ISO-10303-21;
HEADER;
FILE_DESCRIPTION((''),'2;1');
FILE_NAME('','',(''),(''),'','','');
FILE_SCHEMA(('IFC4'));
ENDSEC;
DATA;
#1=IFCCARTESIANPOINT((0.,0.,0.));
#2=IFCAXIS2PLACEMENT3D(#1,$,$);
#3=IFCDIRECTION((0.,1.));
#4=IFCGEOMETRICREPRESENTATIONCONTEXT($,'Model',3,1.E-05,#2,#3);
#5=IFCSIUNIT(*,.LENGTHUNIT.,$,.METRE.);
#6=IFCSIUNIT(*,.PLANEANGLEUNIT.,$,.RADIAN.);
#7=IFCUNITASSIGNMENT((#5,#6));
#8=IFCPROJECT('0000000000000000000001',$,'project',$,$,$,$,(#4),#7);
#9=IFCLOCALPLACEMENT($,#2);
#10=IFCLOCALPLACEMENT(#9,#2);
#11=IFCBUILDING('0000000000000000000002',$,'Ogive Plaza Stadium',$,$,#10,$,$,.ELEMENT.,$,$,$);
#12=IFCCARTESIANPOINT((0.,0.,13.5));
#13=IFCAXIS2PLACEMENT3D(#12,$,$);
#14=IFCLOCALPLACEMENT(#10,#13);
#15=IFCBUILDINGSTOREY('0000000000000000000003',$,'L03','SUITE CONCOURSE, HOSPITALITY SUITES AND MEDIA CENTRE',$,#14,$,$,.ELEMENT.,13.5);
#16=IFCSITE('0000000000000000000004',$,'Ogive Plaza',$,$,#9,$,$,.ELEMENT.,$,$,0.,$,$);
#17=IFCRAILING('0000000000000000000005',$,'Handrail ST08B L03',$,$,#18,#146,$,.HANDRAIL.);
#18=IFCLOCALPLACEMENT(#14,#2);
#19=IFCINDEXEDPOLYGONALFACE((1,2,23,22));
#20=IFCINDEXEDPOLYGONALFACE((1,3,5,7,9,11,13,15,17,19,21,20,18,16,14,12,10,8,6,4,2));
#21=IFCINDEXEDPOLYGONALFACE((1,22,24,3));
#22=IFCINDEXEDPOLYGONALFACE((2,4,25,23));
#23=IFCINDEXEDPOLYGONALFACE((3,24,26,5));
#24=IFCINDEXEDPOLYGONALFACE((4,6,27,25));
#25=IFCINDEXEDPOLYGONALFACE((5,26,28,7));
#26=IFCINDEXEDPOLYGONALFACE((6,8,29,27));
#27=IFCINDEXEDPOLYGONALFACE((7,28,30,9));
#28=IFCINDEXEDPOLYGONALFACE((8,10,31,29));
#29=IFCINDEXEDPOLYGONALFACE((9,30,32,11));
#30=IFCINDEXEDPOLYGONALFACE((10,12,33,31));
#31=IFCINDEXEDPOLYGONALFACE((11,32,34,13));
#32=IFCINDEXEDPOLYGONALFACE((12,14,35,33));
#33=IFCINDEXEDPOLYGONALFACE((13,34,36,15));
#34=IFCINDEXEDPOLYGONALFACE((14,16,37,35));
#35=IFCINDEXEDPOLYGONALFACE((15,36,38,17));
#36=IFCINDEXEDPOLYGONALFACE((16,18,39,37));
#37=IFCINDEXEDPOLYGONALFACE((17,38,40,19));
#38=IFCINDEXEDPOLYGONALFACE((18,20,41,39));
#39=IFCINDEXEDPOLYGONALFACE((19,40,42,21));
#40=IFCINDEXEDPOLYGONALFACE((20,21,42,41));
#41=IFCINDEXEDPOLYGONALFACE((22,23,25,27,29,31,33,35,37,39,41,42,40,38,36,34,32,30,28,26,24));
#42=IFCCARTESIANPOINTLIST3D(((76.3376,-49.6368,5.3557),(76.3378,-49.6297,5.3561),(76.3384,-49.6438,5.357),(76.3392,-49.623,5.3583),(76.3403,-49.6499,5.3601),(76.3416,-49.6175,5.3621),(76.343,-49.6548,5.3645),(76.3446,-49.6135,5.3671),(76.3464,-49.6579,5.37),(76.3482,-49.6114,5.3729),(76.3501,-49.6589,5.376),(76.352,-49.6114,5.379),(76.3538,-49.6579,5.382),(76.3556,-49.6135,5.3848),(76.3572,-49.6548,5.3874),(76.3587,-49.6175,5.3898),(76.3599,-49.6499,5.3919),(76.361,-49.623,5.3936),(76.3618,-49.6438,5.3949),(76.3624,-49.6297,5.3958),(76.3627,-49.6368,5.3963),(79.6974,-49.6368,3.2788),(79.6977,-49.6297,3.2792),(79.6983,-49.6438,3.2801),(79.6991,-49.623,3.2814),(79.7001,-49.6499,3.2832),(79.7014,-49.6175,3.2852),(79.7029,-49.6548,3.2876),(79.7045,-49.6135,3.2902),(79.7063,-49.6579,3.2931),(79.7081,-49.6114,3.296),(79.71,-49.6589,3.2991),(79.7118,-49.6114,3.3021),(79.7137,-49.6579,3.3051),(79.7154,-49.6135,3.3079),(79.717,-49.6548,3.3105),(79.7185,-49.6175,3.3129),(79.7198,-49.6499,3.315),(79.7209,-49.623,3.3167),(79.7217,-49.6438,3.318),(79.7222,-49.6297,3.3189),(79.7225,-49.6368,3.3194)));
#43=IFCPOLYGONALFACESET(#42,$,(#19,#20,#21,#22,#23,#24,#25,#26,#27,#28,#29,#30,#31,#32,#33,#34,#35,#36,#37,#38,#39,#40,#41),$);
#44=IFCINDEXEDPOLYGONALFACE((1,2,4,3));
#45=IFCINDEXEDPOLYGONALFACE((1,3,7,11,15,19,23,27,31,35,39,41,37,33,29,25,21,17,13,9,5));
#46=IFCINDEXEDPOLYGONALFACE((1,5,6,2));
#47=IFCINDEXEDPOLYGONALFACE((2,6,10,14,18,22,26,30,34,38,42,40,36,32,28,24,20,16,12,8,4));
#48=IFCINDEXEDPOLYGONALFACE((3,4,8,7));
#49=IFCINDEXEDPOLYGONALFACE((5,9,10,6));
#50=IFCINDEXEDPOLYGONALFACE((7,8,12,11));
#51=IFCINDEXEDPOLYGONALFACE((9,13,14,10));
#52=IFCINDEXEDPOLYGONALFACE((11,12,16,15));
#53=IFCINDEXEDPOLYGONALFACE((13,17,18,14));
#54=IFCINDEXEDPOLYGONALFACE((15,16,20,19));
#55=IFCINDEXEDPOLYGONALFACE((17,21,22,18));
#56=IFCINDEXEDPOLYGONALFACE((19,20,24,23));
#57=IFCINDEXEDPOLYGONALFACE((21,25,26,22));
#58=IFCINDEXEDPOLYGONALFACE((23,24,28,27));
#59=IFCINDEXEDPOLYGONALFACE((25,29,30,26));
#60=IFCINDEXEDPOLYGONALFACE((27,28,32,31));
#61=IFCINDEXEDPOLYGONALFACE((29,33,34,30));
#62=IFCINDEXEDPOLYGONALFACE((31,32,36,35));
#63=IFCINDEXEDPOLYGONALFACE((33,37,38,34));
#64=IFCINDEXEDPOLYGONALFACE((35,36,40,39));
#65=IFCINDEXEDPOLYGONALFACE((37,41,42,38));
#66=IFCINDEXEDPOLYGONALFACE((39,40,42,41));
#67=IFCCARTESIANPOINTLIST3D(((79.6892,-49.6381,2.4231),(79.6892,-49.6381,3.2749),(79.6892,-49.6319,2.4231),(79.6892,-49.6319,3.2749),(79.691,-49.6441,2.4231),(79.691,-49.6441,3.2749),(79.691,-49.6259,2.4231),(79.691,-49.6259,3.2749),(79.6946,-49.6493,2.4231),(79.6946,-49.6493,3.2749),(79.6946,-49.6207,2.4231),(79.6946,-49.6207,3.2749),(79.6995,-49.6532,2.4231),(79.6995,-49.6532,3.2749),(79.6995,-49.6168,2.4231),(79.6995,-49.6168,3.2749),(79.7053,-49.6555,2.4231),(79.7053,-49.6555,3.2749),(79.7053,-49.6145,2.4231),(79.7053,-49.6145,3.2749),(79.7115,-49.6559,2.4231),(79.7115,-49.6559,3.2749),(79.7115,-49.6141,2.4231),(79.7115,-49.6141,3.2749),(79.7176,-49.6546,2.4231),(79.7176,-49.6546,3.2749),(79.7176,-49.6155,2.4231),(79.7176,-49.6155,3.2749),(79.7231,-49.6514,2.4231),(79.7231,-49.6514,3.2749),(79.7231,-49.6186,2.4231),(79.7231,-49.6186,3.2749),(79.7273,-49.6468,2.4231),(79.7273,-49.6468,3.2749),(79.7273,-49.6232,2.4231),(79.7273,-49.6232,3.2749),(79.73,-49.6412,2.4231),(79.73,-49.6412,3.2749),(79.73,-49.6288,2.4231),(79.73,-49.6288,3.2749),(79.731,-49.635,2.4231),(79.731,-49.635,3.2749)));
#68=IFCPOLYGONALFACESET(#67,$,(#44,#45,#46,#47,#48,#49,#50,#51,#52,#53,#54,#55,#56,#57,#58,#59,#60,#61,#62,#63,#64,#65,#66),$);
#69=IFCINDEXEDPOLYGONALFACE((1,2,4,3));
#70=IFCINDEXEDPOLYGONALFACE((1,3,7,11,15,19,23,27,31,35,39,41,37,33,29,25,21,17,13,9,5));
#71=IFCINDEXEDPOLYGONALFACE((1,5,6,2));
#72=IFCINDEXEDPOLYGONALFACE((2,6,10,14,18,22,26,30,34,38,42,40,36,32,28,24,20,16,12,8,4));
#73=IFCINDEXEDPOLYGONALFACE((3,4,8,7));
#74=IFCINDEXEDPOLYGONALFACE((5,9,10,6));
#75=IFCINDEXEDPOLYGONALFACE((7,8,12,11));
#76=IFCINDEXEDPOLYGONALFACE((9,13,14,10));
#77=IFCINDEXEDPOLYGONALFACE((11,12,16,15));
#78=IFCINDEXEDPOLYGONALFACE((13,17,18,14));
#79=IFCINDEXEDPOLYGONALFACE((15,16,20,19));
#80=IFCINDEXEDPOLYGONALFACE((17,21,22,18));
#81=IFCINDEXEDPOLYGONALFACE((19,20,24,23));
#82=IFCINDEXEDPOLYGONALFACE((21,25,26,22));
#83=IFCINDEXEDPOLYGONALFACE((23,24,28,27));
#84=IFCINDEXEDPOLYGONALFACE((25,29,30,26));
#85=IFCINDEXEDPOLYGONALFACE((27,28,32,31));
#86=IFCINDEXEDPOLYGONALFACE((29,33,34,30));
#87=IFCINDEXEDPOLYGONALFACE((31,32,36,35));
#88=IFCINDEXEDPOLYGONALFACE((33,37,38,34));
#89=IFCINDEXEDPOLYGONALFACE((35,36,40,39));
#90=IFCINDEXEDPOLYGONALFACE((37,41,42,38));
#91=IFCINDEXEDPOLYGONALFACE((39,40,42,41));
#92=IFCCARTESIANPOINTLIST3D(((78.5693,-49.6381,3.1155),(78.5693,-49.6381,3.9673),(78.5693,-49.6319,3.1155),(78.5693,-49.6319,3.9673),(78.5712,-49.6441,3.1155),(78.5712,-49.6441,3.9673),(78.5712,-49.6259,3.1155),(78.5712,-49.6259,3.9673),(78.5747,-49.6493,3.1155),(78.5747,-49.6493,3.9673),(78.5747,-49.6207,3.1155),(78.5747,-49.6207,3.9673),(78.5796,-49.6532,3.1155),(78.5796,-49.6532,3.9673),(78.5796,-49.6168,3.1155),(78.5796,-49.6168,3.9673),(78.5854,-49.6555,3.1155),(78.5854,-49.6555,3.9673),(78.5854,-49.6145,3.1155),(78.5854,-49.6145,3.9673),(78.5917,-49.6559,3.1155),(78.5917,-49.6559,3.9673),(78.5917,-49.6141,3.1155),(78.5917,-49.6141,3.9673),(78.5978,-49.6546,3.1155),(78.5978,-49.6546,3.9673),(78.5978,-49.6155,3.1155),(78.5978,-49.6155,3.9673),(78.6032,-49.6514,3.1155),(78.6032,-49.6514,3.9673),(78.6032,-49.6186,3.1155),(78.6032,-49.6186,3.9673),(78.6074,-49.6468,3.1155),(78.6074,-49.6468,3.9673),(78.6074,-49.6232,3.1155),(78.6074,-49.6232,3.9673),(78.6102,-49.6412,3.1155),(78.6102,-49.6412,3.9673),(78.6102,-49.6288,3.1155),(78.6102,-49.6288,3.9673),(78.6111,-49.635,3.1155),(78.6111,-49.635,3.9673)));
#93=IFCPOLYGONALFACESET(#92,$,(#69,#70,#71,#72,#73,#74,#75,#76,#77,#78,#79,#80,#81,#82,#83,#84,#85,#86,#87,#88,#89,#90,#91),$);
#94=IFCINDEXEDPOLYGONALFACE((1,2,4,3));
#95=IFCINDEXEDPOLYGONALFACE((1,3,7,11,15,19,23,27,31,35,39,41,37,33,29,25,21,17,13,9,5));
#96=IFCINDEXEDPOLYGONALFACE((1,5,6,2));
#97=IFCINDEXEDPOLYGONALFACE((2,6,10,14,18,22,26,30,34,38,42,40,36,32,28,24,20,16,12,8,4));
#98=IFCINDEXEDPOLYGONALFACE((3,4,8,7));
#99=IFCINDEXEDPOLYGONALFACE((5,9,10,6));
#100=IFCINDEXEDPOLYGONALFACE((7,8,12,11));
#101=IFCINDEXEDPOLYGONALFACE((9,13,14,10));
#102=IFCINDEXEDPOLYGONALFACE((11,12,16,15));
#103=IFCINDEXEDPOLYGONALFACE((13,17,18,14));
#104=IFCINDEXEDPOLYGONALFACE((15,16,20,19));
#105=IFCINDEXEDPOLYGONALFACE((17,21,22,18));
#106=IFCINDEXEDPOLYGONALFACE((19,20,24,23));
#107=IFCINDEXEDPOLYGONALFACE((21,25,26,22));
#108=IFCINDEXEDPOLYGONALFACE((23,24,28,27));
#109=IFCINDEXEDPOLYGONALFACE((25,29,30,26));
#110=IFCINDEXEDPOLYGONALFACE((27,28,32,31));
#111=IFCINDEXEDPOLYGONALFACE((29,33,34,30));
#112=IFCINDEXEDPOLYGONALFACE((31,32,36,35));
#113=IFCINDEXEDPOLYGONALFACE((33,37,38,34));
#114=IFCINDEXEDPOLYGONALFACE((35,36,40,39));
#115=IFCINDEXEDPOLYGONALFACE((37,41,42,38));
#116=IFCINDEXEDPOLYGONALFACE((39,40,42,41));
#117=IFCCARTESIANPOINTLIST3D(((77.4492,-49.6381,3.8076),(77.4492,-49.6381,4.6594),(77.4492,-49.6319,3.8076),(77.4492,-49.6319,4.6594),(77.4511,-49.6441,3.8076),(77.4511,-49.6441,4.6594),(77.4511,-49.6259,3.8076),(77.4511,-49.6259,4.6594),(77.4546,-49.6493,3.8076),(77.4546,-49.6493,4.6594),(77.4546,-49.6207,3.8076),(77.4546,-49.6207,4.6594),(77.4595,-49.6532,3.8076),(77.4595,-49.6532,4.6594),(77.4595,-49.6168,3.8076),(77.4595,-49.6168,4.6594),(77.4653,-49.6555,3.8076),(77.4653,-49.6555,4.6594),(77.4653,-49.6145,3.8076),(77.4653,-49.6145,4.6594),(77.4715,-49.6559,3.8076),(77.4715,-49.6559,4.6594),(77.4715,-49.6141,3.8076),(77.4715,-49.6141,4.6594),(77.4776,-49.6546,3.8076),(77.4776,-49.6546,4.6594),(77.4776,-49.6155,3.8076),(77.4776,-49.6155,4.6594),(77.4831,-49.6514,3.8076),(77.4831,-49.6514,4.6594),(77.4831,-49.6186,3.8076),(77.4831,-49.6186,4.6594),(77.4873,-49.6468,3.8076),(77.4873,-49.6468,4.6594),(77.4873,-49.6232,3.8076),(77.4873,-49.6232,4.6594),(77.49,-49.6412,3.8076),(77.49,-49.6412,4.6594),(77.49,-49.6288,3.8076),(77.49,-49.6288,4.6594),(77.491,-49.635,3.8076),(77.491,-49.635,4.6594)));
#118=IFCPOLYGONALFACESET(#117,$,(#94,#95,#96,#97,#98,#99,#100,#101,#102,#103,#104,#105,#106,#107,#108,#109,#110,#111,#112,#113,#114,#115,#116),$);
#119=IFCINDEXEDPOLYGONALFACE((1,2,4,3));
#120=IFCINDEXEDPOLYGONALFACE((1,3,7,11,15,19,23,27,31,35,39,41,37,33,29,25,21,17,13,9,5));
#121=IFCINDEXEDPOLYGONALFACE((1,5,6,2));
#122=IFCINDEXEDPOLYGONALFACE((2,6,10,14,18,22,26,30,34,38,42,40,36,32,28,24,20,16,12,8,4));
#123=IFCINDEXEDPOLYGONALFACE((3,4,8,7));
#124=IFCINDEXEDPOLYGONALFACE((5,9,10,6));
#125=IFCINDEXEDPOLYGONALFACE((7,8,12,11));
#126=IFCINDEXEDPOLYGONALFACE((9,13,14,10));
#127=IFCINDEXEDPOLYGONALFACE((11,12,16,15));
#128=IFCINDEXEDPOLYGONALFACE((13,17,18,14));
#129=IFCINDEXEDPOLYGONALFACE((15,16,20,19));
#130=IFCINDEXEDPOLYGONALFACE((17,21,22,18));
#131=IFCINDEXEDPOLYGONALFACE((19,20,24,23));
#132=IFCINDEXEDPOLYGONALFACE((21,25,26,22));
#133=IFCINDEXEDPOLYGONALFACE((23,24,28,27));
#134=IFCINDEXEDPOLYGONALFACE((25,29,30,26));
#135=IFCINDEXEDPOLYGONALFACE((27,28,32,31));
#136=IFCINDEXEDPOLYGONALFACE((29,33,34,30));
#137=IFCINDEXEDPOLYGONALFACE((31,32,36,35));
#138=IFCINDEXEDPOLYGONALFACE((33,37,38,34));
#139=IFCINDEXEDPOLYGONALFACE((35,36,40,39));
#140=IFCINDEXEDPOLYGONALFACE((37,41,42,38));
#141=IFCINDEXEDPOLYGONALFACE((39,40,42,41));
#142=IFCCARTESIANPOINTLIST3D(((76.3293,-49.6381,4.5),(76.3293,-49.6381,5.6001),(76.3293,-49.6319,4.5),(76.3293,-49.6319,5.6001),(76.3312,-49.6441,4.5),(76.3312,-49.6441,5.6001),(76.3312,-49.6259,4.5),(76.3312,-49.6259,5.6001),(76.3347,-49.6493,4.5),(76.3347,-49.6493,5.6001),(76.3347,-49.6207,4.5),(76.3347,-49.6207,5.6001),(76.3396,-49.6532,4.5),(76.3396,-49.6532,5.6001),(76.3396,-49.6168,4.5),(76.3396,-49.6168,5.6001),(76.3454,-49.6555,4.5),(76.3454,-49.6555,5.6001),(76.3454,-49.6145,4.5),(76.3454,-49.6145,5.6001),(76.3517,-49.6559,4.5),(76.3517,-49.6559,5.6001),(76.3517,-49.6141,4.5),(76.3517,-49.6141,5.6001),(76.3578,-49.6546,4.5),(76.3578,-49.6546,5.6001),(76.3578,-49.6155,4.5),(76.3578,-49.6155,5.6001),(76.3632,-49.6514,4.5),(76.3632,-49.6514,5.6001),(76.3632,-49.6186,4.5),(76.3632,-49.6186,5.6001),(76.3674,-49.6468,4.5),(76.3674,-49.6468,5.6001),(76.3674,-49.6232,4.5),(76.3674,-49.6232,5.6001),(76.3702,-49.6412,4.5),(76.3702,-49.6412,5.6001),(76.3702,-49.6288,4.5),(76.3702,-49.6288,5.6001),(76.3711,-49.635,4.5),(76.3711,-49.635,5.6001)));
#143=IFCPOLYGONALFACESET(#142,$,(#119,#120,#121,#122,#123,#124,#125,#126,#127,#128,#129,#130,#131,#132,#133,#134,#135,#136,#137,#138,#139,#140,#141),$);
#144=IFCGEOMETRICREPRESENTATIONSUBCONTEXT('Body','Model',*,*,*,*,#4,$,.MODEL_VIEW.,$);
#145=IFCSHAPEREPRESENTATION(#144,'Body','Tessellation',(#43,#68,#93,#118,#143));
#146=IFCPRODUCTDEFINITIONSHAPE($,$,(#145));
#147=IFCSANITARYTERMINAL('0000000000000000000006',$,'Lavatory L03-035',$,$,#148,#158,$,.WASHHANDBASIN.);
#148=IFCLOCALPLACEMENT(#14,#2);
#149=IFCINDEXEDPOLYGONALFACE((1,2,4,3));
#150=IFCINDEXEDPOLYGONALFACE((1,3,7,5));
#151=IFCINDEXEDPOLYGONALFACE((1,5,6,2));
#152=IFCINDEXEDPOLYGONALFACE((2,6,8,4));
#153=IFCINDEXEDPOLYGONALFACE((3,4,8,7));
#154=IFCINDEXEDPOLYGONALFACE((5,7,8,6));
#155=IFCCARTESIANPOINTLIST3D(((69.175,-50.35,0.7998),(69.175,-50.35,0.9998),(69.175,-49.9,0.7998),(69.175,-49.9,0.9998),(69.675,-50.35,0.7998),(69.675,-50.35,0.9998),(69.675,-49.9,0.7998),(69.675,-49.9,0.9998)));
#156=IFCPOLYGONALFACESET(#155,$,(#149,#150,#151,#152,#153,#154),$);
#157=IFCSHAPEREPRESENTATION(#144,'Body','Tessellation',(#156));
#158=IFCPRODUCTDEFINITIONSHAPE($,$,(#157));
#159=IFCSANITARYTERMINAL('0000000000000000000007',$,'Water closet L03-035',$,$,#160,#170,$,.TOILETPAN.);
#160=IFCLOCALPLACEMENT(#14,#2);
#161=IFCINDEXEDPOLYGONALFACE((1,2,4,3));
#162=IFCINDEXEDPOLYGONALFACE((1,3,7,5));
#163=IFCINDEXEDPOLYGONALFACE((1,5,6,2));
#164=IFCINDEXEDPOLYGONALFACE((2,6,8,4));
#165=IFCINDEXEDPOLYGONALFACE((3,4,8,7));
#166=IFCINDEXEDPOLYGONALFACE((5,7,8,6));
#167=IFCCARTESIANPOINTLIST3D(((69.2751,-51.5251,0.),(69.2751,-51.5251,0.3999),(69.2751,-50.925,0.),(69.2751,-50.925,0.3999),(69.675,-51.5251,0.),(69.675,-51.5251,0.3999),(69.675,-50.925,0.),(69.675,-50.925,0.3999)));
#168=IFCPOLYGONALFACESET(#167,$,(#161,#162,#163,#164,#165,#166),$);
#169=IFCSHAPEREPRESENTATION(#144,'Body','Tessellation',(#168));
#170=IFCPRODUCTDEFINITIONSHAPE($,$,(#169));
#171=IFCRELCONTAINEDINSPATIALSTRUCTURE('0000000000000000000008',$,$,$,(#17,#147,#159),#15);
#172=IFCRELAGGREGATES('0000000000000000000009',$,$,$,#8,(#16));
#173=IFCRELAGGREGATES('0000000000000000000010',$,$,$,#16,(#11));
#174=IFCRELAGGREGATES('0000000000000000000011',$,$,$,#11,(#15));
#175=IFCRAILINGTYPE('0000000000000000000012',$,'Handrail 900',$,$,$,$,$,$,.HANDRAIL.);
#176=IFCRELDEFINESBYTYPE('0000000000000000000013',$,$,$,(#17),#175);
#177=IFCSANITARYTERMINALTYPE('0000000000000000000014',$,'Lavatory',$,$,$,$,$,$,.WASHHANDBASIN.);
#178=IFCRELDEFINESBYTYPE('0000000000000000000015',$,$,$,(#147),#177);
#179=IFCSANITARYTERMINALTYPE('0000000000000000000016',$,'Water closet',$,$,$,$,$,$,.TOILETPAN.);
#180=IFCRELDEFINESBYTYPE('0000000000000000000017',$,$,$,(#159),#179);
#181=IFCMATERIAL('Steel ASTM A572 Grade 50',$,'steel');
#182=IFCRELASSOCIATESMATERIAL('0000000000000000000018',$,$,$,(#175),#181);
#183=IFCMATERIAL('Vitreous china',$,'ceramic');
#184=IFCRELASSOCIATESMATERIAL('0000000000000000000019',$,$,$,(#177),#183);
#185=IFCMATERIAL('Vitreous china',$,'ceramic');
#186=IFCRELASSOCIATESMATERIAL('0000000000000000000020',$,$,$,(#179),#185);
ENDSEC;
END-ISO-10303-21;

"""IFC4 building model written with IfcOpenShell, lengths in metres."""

from ifc_helpers import new_model, si_unit, direction, frame, origin, origin_2d, place, context, subcontext, project, spatial, rectangle, circle, extrude, material, type_object, element, save


model = new_model("IFC4")

# Units and contexts
model_context = context("Model", 3, precision=1e-05, world=origin(), true_north=direction((0.0, 1.0)))
body_context = subcontext(model_context, "Body", "Model", "MODEL_VIEW")
ifc_project = project(units=[si_unit("LENGTHUNIT", "METRE"), si_unit("PLANEANGLEUNIT", "RADIAN")], contexts=[model_context])

# Site, building, storey
site_placement = place(None, origin())
site = spatial("IfcSite", under=ifc_project, at=site_placement, Name="Ogive Plaza", CompositionType="ELEMENT", RefElevation=0.0)
building_placement = place(site_placement, origin())
building = spatial("IfcBuilding", under=site, at=building_placement, Name="Ogive Plaza Stadium", CompositionType="ELEMENT")
storey_placement = place(building_placement, frame((0.0, 0.0, 13.5)))
storey = spatial("IfcBuildingStorey", under=building, at=storey_placement, Name="L03", Description="SUITE CONCOURSE, HOSPITALITY SUITES AND MEDIA CENTRE", CompositionType="ELEMENT", Elevation=13.5)

# Railing
ifc_material_1 = material(Name="Steel ASTM A572 Grade 50", Category="steel")
railing_type_1 = type_object("IfcRailingType", Name="Handrail 900", PredefinedType="HANDRAIL", material=ifc_material_1)
for number, where, name in (
    (1, (79.71, -49.635, 2.4231), "Handrail ST08B L03"),
):
    element("IfcRailing", number, at=place(storey_placement, frame(where)), inside=storey, type_object=railing_type_1, Name=name, PredefinedType="HANDRAIL", context=body_context, shape_type="SweptSolid", body=[
        extrude(circle(Radius=0.0239, at=origin_2d()), frame((0.0, 0.0, 0.876), z_axis=(-0.850606, 0.0, 0.525803), x_axis=(0.0, -1.0, 0.0)), (0.0, 0.0, 1.0), 3.95),
        extrude(circle(Radius=0.021, at=origin_2d()), origin(), (0.0, 0.0, 1.0), 0.8518),
        extrude(circle(Radius=0.021, at=origin_2d()), frame((-1.1199, 0.0, 0.6924)), (0.0, 0.0, 1.0), 0.8518),
        extrude(circle(Radius=0.021, at=origin_2d()), frame((-2.24, 0.0, 1.3845)), (0.0, 0.0, 1.0), 0.8518),
        extrude(circle(Radius=0.021, at=origin_2d()), frame((-3.3599, 0.0, 2.0769)), (0.0, 0.0, 1.0), 1.1001),
    ])

# Sanitary terminals
ifc_material_2 = material(Name="Vitreous china", Category="ceramic")
sanitary_terminal_type_1 = type_object("IfcSanitaryTerminalType", Name="Lavatory", PredefinedType="WASHHANDBASIN", material=ifc_material_2)
sanitary_terminal_1_placement = place(storey_placement, frame((69.425, -50.125, 0.7998), z_axis=(0.0, 0.0, 1.0), x_axis=(-1.0, 0.0, 0.0)))
element("IfcSanitaryTerminal", 2, at=sanitary_terminal_1_placement, inside=storey, type_object=sanitary_terminal_type_1, Name="Lavatory L03-035", PredefinedType="WASHHANDBASIN", context=body_context, shape_type="SweptSolid", body=[
    extrude(rectangle(XDim=0.5, YDim=0.45, at=origin_2d()), origin(), (0.0, 0.0, 1.0), 0.2),
])
ifc_material_3 = material(Name="Vitreous china", Category="ceramic")
sanitary_terminal_type_2 = type_object("IfcSanitaryTerminalType", Name="Water closet", PredefinedType="TOILETPAN", material=ifc_material_3)
sanitary_terminal_2_placement = place(storey_placement, frame((69.4751, -51.2251, 0.0), z_axis=(0.0, 0.0, 1.0), x_axis=(-1.0, 0.0, 0.0)))
element("IfcSanitaryTerminal", 3, at=sanitary_terminal_2_placement, inside=storey, type_object=sanitary_terminal_type_2, Name="Water closet L03-035", PredefinedType="TOILETPAN", context=body_context, shape_type="SweptSolid", body=[
    extrude(rectangle(XDim=0.3999, YDim=0.6001, at=origin_2d()), origin(), (0.0, 0.0, 1.0), 0.3999),
])

save(model, "model.ifc")
